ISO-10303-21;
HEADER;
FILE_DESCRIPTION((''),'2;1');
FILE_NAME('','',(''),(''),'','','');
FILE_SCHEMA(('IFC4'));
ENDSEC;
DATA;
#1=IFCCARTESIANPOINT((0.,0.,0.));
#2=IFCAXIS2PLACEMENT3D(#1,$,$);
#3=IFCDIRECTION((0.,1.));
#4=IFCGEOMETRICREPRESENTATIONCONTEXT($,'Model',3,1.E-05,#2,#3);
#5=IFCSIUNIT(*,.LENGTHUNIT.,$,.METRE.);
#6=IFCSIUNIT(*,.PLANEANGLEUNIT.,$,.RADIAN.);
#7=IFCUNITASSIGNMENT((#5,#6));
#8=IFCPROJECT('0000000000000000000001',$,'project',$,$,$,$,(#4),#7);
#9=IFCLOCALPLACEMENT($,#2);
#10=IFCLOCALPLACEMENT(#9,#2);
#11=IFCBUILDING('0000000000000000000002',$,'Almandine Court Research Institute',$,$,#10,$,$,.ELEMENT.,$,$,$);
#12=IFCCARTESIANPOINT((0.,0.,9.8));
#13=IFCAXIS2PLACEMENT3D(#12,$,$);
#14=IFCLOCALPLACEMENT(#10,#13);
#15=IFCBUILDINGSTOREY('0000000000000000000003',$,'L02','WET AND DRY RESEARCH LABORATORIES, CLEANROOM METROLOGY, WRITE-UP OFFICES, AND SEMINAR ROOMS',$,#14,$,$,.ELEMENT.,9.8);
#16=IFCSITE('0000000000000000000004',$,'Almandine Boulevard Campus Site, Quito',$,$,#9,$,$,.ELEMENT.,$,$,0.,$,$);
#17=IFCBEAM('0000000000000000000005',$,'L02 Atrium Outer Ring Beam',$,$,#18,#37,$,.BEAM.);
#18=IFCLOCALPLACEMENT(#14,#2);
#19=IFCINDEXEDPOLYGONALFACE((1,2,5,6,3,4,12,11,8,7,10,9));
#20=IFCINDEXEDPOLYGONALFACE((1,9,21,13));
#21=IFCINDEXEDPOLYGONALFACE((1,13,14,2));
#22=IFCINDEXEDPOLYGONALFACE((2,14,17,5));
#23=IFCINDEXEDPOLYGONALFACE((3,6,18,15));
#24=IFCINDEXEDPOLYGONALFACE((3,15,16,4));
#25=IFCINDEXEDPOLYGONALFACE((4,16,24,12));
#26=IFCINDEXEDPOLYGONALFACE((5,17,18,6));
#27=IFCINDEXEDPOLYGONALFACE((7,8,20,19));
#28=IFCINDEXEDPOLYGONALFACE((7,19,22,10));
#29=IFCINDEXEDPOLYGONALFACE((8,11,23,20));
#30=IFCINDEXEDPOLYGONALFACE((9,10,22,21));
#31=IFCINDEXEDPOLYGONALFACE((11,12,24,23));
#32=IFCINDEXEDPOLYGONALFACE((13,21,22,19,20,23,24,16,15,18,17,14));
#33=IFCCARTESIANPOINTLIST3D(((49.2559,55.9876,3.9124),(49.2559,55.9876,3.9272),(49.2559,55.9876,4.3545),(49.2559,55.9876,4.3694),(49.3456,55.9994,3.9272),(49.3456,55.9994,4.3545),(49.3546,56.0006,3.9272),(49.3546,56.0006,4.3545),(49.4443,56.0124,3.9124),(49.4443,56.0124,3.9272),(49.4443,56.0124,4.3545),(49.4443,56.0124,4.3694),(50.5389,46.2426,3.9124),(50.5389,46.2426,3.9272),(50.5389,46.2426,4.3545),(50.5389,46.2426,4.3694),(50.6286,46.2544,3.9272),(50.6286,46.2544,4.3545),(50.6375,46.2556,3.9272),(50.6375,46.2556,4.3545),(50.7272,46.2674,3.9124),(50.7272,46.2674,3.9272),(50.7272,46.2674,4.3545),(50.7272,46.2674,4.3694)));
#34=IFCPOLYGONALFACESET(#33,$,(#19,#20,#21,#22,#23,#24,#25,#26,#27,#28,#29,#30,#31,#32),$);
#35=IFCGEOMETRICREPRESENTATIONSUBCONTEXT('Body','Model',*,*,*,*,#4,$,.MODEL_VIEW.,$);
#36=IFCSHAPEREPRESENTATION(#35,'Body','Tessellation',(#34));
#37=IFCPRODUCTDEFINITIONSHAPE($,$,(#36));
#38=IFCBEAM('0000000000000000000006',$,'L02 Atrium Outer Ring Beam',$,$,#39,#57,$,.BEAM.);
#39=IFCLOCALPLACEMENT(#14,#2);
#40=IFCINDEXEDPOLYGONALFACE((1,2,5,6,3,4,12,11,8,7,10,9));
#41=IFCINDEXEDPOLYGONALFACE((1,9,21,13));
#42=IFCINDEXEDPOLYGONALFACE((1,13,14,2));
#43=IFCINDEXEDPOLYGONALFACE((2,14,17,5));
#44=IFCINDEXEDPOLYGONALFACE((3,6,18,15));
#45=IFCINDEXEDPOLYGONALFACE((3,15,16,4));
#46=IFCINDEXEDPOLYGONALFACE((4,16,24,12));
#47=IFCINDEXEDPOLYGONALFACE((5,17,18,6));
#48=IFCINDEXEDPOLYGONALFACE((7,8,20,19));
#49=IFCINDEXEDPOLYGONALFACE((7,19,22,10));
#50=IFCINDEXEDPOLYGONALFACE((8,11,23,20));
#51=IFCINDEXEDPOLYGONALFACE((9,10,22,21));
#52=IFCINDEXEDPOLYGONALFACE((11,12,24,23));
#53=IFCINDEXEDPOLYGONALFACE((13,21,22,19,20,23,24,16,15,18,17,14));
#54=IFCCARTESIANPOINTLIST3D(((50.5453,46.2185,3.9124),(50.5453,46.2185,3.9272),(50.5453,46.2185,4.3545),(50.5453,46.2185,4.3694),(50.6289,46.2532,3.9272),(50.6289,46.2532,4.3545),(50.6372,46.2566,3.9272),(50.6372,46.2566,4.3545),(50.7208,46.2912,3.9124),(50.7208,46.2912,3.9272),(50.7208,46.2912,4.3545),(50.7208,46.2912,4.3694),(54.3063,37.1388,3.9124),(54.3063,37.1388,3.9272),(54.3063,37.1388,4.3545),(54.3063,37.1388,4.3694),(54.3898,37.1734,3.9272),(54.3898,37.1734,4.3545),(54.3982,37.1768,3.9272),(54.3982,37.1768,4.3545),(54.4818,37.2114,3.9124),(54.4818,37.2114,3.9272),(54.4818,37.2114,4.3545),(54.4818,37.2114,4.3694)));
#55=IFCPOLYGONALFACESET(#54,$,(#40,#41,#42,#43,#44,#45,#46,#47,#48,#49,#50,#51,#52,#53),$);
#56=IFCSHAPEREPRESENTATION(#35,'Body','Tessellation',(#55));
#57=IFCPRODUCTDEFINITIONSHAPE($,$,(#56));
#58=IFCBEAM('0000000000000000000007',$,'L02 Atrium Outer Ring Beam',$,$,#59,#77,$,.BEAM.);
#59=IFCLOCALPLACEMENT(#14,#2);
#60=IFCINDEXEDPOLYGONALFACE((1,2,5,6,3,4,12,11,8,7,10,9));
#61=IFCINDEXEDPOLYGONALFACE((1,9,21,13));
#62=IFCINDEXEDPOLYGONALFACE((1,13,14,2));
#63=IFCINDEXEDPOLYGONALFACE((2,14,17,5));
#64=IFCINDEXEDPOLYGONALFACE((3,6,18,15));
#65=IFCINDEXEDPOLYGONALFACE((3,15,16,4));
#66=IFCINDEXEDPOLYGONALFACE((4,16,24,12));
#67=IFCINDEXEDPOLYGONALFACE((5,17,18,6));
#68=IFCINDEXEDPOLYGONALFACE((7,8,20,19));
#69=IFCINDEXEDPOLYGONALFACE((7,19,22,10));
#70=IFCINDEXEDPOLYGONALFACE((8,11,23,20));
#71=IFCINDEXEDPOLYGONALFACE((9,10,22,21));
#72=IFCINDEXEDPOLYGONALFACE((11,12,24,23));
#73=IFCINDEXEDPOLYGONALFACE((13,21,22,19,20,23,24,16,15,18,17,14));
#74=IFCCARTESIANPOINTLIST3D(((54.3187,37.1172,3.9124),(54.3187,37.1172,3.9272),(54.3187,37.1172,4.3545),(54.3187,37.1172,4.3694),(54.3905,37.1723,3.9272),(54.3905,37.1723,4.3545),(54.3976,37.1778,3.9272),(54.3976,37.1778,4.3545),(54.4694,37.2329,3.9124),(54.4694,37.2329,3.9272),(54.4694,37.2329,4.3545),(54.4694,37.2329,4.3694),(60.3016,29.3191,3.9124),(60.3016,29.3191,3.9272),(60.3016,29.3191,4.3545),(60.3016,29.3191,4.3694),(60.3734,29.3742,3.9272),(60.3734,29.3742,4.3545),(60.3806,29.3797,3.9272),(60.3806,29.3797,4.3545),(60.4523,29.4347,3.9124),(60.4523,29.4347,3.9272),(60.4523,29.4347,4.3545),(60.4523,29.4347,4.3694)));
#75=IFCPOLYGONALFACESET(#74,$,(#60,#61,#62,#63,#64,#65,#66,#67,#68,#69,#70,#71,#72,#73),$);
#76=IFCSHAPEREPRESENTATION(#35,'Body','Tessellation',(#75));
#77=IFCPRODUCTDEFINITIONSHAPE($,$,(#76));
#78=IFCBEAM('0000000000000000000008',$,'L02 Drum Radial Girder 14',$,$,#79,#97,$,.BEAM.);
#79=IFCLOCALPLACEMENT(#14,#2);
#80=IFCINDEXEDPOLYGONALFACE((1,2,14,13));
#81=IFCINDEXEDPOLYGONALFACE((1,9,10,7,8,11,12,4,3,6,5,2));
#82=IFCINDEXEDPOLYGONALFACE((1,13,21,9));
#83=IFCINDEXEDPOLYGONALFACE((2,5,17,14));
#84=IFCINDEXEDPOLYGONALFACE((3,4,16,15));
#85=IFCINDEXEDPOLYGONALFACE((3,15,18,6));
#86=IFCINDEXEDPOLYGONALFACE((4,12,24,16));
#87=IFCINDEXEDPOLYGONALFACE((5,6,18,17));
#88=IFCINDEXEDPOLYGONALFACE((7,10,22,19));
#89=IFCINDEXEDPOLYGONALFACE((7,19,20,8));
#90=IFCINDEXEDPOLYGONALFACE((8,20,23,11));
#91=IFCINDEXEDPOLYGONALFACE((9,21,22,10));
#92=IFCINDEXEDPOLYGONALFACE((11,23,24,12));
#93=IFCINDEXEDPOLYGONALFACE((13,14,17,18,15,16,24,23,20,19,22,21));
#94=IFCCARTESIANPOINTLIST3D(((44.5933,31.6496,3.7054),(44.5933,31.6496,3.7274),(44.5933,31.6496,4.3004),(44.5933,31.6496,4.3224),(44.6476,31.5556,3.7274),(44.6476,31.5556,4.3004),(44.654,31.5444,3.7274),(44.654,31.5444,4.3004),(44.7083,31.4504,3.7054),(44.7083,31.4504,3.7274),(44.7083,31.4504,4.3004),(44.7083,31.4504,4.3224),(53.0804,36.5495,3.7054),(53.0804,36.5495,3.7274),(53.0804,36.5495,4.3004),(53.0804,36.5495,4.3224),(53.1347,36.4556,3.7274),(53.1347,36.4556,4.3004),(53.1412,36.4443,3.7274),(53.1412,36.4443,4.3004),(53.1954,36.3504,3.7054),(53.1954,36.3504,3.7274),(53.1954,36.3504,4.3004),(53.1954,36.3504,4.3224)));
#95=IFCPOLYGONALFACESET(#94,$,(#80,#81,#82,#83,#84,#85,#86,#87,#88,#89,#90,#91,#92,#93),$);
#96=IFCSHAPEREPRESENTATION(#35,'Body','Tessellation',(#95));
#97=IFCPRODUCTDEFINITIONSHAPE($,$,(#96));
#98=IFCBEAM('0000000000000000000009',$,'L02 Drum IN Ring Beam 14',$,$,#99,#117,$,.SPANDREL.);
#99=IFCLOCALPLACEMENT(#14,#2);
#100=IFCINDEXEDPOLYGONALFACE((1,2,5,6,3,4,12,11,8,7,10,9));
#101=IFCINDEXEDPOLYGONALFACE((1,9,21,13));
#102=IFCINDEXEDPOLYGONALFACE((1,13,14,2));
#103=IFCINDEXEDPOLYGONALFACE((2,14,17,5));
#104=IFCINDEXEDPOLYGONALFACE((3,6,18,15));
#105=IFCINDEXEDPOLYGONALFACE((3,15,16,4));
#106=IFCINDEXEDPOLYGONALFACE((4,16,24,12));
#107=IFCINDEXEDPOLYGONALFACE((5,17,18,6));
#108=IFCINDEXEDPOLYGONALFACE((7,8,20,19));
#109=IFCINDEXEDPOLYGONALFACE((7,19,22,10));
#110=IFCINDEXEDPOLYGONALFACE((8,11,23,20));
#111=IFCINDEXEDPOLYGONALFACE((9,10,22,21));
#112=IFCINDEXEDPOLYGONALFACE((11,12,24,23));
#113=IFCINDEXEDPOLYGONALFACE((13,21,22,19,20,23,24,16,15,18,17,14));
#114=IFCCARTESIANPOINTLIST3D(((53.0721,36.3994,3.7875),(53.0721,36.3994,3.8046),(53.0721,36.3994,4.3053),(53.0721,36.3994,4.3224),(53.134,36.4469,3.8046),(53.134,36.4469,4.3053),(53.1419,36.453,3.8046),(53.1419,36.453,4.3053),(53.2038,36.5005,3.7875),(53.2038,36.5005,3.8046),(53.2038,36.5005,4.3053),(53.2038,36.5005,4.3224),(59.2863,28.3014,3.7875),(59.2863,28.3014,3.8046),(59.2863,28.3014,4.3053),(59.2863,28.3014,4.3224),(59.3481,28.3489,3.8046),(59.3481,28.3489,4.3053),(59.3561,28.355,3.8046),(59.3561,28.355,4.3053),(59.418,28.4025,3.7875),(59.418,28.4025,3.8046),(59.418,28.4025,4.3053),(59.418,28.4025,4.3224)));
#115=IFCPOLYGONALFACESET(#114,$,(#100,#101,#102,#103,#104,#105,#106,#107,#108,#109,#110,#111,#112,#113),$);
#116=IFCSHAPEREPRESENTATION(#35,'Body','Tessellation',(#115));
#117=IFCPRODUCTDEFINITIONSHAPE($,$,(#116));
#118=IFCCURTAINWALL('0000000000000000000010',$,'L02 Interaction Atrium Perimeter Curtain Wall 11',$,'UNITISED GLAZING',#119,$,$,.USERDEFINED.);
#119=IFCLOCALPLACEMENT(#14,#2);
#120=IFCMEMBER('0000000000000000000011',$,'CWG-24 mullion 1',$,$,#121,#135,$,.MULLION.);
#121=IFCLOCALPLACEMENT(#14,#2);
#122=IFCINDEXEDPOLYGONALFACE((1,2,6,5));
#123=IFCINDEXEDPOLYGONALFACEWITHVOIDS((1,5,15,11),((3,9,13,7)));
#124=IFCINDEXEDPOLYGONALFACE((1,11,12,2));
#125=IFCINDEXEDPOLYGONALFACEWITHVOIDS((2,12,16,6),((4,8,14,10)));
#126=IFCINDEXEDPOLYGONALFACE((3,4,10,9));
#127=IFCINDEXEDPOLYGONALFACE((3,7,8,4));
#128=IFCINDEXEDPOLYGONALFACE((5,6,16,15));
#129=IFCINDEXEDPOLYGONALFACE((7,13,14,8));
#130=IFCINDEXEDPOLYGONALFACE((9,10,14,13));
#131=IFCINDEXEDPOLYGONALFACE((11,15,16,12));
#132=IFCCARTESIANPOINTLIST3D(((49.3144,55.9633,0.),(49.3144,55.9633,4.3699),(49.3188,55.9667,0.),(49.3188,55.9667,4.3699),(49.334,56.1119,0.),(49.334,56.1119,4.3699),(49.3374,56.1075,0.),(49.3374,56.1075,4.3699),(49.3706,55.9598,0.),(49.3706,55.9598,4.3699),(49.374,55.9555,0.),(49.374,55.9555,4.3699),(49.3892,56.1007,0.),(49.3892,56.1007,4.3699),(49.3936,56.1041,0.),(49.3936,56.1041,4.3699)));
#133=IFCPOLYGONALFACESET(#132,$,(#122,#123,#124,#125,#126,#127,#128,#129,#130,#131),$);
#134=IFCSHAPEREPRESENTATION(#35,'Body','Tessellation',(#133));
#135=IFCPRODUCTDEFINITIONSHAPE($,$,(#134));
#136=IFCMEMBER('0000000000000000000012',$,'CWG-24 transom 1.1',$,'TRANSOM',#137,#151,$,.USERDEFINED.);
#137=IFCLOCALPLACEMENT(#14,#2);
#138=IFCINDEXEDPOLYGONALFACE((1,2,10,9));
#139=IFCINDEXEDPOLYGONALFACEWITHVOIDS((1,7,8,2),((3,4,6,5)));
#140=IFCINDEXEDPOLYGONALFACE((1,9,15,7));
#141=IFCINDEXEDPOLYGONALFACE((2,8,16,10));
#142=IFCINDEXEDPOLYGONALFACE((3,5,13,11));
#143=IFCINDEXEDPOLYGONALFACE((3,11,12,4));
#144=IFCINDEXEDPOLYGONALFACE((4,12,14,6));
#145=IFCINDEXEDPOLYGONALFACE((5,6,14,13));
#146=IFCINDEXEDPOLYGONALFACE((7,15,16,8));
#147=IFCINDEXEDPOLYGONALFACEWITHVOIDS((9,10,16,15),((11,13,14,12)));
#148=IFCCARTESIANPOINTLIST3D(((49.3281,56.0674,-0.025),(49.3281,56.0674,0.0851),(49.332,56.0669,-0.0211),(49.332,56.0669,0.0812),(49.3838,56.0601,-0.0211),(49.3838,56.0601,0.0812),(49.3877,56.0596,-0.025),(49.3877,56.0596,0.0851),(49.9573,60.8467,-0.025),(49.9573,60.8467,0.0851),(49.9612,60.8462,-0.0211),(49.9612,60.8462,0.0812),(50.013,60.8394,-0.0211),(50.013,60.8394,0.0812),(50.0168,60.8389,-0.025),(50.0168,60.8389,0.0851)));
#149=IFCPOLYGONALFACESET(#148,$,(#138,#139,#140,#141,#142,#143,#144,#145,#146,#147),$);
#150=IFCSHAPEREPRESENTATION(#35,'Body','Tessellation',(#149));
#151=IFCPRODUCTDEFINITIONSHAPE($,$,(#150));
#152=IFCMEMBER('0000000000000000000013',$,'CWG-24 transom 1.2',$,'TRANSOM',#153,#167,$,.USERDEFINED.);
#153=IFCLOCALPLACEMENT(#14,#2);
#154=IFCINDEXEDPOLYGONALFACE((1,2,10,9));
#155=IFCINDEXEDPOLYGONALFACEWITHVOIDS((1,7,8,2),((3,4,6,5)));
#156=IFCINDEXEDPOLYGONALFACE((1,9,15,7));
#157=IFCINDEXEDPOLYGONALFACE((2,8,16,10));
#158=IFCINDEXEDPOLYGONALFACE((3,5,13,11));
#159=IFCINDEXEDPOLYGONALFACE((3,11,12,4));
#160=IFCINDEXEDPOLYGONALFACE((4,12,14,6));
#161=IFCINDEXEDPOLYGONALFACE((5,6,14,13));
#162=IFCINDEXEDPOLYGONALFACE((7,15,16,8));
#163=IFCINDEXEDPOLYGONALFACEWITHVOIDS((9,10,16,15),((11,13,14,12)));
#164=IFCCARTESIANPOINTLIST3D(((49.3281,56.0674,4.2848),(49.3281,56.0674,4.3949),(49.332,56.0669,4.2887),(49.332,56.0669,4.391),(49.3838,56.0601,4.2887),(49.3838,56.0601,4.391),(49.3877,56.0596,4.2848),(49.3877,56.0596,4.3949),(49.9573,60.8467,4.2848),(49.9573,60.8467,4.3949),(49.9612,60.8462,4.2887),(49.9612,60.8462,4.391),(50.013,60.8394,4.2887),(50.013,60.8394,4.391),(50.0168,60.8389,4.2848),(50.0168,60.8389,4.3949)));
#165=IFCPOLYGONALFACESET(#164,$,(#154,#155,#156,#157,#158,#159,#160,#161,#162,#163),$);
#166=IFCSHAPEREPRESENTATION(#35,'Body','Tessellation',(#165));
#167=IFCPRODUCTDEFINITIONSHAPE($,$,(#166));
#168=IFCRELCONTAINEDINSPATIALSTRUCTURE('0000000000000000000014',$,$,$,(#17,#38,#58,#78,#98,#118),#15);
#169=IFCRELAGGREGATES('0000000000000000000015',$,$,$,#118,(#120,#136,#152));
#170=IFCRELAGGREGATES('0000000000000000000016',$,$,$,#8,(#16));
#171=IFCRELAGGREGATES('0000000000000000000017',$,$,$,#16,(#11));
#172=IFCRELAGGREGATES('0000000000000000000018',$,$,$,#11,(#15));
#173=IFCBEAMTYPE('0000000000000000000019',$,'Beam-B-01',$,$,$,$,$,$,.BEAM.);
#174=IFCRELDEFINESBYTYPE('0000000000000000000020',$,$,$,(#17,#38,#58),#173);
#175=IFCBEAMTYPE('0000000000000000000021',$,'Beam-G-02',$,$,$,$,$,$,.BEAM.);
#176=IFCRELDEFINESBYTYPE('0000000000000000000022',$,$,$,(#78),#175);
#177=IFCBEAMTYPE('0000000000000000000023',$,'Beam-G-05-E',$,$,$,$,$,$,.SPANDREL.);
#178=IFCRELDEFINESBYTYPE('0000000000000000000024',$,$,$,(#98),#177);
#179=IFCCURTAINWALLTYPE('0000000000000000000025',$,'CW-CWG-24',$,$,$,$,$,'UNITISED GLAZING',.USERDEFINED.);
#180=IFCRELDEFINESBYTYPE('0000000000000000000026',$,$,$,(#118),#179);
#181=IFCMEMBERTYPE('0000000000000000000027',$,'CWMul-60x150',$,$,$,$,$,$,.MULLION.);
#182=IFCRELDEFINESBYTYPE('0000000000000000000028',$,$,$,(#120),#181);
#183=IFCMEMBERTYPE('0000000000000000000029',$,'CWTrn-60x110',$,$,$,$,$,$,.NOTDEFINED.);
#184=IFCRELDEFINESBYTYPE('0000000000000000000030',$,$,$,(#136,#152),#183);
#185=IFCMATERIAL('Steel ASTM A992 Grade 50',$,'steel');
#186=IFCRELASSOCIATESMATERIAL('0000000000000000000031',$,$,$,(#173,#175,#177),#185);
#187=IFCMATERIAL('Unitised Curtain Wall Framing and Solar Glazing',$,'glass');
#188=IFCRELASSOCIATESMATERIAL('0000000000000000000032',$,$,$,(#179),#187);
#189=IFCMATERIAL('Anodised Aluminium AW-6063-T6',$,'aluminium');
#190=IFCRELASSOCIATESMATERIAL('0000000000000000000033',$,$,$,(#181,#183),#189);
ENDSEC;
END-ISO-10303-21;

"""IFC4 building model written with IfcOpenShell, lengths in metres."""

from ifc_helpers import new_model, si_unit, direction, frame, origin, origin_2d, place, context, subcontext, project, spatial, hollow_rectangle, i_section, extrude, material, material_profile, profile_set, type_object, element, aggregate, save


model = new_model("IFC4")

# Units and contexts
model_context = context("Model", 3, precision=1e-05, world=origin(), true_north=direction((0.0, 1.0)))
body_context = subcontext(model_context, "Body", "Model", "MODEL_VIEW")
ifc_project = project(units=[si_unit("LENGTHUNIT", "METRE"), si_unit("PLANEANGLEUNIT", "RADIAN")], contexts=[model_context])

# Site, building, storey
site_placement = place(None, origin())
site = spatial("IfcSite", under=ifc_project, at=site_placement, Name="Almandine Boulevard Campus Site, Quito", CompositionType="ELEMENT", RefElevation=0.0)
building_placement = place(site_placement, origin())
building = spatial("IfcBuilding", under=site, at=building_placement, Name="Almandine Court Research Institute", CompositionType="ELEMENT")
storey_placement = place(building_placement, frame((0.0, 0.0, 9.8)))
storey = spatial("IfcBuildingStorey", under=building, at=storey_placement, Name="L02", Description="WET AND DRY RESEARCH LABORATORIES, CLEANROOM METROLOGY, WRITE-UP OFFICES, AND SEMINAR ROOMS", CompositionType="ELEMENT", Elevation=9.8)

# Shared definitions
ifc_material_1 = material(Name="Steel ASTM A992 Grade 50", Category="steel")

# Beams
ifc_material_profile_1 = material_profile(ifc_material_1, i_section(OverallWidth=0.1899, OverallDepth=0.457, WebThickness=0.009, FlangeThickness=0.0149, at=origin_2d()), Name="W460x74")
ifc_profile_set_1 = profile_set([ifc_material_profile_1], Name="Steel ASTM A992 Grade 50")
beam_type_1 = type_object("IfcBeamType", Name="Beam-B-01", PredefinedType="BEAM", material=ifc_profile_set_1)
beam_1_placement = place(storey_placement, frame((49.3501, 56.0, 4.1409), z_axis=(0.130525, -0.991445, 0.0), x_axis=(0.991445, 0.130525, 0.0)))
element("IfcBeam", 1, at=beam_1_placement, inside=storey, type_object=beam_type_1, Name="L02 Atrium Outer Ring Beam", PredefinedType="BEAM", context=body_context, shape_type="SweptSolid", body=[
    extrude(i_section(OverallWidth=0.1899, OverallDepth=0.457, WebThickness=0.009, FlangeThickness=0.0149, at=origin_2d()), origin(), (0.0, 0.0, 1.0), 9.8291),
])
beam_2_placement = place(storey_placement, frame((50.6331, 46.2549, 4.1409), z_axis=(0.382683, -0.92388, 0.0), x_axis=(0.92388, 0.382683, 0.0)))
element("IfcBeam", 2, at=beam_2_placement, inside=storey, type_object=beam_type_1, Name="L02 Atrium Outer Ring Beam", PredefinedType="BEAM", context=body_context, shape_type="SweptSolid", body=[
    extrude(i_section(OverallWidth=0.1899, OverallDepth=0.457, WebThickness=0.009, FlangeThickness=0.0149, at=origin_2d()), origin(), (0.0, 0.0, 1.0), 9.8279),
])
beam_3_placement = place(storey_placement, frame((54.394, 37.175, 4.1409), z_axis=(0.608712, -0.793392, 0.0), x_axis=(0.793392, 0.608712, 0.0)))
element("IfcBeam", 3, at=beam_3_placement, inside=storey, type_object=beam_type_1, Name="L02 Atrium Outer Ring Beam", PredefinedType="BEAM", context=body_context, shape_type="SweptSolid", body=[
    extrude(i_section(OverallWidth=0.1899, OverallDepth=0.457, WebThickness=0.009, FlangeThickness=0.0149, at=origin_2d()), origin(), (0.0, 0.0, 1.0), 9.8289),
])
ifc_material_profile_2 = material_profile(ifc_material_1, i_section(OverallWidth=0.23, OverallDepth=0.6169, WebThickness=0.0129, FlangeThickness=0.022, at=origin_2d()), Name="W610x140")
ifc_profile_set_2 = profile_set([ifc_material_profile_2], Name="Steel ASTM A992 Grade 50")
beam_type_2 = type_object("IfcBeamType", Name="Beam-G-02", PredefinedType="BEAM", material=ifc_profile_set_2)
beam_4_placement = place(storey_placement, frame((53.1379, 36.45, 4.0139), z_axis=(-0.86603, -0.499992, 0.0), x_axis=(0.499992, -0.86603, 0.0)))
element("IfcBeam", 4, at=beam_4_placement, inside=storey, type_object=beam_type_2, Name="L02 Drum Radial Girder 14", PredefinedType="BEAM", context=body_context, shape_type="SweptSolid", body=[
    extrude(i_section(OverallWidth=0.23, OverallDepth=0.6169, WebThickness=0.0129, FlangeThickness=0.022, at=origin_2d()), origin(), (0.0, 0.0, 1.0), 9.8),
])
ifc_material_profile_3 = material_profile(ifc_material_1, i_section(OverallWidth=0.166, OverallDepth=0.5349, WebThickness=0.01, FlangeThickness=0.0171, at=origin_2d()), Name="W530x85")
ifc_profile_set_3 = profile_set([ifc_material_profile_3], Name="Steel ASTM A992 Grade 50")
beam_type_3 = type_object("IfcBeamType", Name="Beam-G-05-E", PredefinedType="SPANDREL", material=ifc_profile_set_3)
beam_5_placement = place(storey_placement, frame((53.1379, 36.45, 4.0549), z_axis=(0.608784, -0.793336, 0.0), x_axis=(0.793336, 0.608784, 0.0)))
element("IfcBeam", 5, at=beam_5_placement, inside=storey, type_object=beam_type_3, Name="L02 Drum IN Ring Beam 14", PredefinedType="SPANDREL", context=body_context, shape_type="SweptSolid", body=[
    extrude(i_section(OverallWidth=0.166, OverallDepth=0.5349, WebThickness=0.01, FlangeThickness=0.0171, at=origin_2d()), origin(), (0.0, 0.0, 1.0), 10.2075),
])

# Curtain wall, members
ifc_material_2 = material(Name="Unitised Curtain Wall Framing and Solar Glazing", Category="glass")
curtain_wall_type = type_object("IfcCurtainWallType", Name="CW-CWG-24", ElementType="UNITISED GLAZING", PredefinedType="USERDEFINED", material=ifc_material_2)
curtain_wall_placement = place(storey_placement, origin())
curtain_wall = element("IfcCurtainWall", 6, at=curtain_wall_placement, inside=storey, type_object=curtain_wall_type, Name="L02 Interaction Atrium Perimeter Curtain Wall 11", ObjectType="UNITISED GLAZING", PredefinedType="USERDEFINED")
ifc_material_3 = material(Name="Anodised Aluminium AW-6063-T6", Category="aluminium")
ifc_material_profile_4 = material_profile(ifc_material_3, hollow_rectangle(XDim=0.0601, YDim=0.1499, WallThickness=0.0039, at=origin_2d()), Name="ALU RHS 60x150x4")
ifc_profile_set_4 = profile_set([ifc_material_profile_4], Name="Anodised Aluminium AW-6063-T6")
member_type_1 = type_object("IfcMemberType", Name="CWMul-60x150", PredefinedType="MULLION", material=ifc_profile_set_4)
member_1_placement = place(storey_placement, frame((49.354, 56.0337, 0.0), z_axis=(0.0, 0.0, 1.0), x_axis=(-0.991444, 0.130536, 0.0)))
member_1 = element("IfcMember", 7, at=member_1_placement, type_object=member_type_1, Name="CWG-24 mullion 1", PredefinedType="MULLION", context=body_context, shape_type="SweptSolid", body=[
    extrude(hollow_rectangle(XDim=0.0601, YDim=0.1499, WallThickness=0.0039, at=origin_2d()), origin(), (0.0, 0.0, 1.0), 4.3699),
])
ifc_material_profile_5 = material_profile(ifc_material_3, hollow_rectangle(XDim=0.0601, YDim=0.1101, WallThickness=0.0039, at=origin_2d()), Name="ALU RHS 60x110x4")
ifc_profile_set_5 = profile_set([ifc_material_profile_5], Name="Anodised Aluminium AW-6063-T6")
member_type_2 = type_object("IfcMemberType", Name="CWTrn-60x110", PredefinedType="NOTDEFINED", material=ifc_profile_set_5)
member_2_placement = place(storey_placement, frame((49.3579, 56.0635, 0.03), z_axis=(0.130515, 0.991446, 0.0), x_axis=(-0.991446, 0.130515, 0.0)))
member_2 = element("IfcMember", 8, at=member_2_placement, type_object=member_type_2, Name="CWG-24 transom 1.1", ObjectType="TRANSOM", PredefinedType="USERDEFINED", context=body_context, shape_type="SweptSolid", body=[
    extrude(hollow_rectangle(XDim=0.0601, YDim=0.1101, WallThickness=0.0039, at=origin_2d()), origin(), (0.0, 0.0, 1.0), 4.8206),
])
member_3_placement = place(storey_placement, frame((49.3579, 56.0635, 4.3398), z_axis=(0.130515, 0.991446, 0.0), x_axis=(-0.991446, 0.130515, 0.0)))
member_3 = element("IfcMember", 9, at=member_3_placement, type_object=member_type_2, Name="CWG-24 transom 1.2", ObjectType="TRANSOM", PredefinedType="USERDEFINED", context=body_context, shape_type="SweptSolid", body=[
    extrude(hollow_rectangle(XDim=0.0601, YDim=0.1101, WallThickness=0.0039, at=origin_2d()), origin(), (0.0, 0.0, 1.0), 4.8206),
])
aggregate(curtain_wall, [member_1, member_2, member_3])

save(model, "model.ifc")
